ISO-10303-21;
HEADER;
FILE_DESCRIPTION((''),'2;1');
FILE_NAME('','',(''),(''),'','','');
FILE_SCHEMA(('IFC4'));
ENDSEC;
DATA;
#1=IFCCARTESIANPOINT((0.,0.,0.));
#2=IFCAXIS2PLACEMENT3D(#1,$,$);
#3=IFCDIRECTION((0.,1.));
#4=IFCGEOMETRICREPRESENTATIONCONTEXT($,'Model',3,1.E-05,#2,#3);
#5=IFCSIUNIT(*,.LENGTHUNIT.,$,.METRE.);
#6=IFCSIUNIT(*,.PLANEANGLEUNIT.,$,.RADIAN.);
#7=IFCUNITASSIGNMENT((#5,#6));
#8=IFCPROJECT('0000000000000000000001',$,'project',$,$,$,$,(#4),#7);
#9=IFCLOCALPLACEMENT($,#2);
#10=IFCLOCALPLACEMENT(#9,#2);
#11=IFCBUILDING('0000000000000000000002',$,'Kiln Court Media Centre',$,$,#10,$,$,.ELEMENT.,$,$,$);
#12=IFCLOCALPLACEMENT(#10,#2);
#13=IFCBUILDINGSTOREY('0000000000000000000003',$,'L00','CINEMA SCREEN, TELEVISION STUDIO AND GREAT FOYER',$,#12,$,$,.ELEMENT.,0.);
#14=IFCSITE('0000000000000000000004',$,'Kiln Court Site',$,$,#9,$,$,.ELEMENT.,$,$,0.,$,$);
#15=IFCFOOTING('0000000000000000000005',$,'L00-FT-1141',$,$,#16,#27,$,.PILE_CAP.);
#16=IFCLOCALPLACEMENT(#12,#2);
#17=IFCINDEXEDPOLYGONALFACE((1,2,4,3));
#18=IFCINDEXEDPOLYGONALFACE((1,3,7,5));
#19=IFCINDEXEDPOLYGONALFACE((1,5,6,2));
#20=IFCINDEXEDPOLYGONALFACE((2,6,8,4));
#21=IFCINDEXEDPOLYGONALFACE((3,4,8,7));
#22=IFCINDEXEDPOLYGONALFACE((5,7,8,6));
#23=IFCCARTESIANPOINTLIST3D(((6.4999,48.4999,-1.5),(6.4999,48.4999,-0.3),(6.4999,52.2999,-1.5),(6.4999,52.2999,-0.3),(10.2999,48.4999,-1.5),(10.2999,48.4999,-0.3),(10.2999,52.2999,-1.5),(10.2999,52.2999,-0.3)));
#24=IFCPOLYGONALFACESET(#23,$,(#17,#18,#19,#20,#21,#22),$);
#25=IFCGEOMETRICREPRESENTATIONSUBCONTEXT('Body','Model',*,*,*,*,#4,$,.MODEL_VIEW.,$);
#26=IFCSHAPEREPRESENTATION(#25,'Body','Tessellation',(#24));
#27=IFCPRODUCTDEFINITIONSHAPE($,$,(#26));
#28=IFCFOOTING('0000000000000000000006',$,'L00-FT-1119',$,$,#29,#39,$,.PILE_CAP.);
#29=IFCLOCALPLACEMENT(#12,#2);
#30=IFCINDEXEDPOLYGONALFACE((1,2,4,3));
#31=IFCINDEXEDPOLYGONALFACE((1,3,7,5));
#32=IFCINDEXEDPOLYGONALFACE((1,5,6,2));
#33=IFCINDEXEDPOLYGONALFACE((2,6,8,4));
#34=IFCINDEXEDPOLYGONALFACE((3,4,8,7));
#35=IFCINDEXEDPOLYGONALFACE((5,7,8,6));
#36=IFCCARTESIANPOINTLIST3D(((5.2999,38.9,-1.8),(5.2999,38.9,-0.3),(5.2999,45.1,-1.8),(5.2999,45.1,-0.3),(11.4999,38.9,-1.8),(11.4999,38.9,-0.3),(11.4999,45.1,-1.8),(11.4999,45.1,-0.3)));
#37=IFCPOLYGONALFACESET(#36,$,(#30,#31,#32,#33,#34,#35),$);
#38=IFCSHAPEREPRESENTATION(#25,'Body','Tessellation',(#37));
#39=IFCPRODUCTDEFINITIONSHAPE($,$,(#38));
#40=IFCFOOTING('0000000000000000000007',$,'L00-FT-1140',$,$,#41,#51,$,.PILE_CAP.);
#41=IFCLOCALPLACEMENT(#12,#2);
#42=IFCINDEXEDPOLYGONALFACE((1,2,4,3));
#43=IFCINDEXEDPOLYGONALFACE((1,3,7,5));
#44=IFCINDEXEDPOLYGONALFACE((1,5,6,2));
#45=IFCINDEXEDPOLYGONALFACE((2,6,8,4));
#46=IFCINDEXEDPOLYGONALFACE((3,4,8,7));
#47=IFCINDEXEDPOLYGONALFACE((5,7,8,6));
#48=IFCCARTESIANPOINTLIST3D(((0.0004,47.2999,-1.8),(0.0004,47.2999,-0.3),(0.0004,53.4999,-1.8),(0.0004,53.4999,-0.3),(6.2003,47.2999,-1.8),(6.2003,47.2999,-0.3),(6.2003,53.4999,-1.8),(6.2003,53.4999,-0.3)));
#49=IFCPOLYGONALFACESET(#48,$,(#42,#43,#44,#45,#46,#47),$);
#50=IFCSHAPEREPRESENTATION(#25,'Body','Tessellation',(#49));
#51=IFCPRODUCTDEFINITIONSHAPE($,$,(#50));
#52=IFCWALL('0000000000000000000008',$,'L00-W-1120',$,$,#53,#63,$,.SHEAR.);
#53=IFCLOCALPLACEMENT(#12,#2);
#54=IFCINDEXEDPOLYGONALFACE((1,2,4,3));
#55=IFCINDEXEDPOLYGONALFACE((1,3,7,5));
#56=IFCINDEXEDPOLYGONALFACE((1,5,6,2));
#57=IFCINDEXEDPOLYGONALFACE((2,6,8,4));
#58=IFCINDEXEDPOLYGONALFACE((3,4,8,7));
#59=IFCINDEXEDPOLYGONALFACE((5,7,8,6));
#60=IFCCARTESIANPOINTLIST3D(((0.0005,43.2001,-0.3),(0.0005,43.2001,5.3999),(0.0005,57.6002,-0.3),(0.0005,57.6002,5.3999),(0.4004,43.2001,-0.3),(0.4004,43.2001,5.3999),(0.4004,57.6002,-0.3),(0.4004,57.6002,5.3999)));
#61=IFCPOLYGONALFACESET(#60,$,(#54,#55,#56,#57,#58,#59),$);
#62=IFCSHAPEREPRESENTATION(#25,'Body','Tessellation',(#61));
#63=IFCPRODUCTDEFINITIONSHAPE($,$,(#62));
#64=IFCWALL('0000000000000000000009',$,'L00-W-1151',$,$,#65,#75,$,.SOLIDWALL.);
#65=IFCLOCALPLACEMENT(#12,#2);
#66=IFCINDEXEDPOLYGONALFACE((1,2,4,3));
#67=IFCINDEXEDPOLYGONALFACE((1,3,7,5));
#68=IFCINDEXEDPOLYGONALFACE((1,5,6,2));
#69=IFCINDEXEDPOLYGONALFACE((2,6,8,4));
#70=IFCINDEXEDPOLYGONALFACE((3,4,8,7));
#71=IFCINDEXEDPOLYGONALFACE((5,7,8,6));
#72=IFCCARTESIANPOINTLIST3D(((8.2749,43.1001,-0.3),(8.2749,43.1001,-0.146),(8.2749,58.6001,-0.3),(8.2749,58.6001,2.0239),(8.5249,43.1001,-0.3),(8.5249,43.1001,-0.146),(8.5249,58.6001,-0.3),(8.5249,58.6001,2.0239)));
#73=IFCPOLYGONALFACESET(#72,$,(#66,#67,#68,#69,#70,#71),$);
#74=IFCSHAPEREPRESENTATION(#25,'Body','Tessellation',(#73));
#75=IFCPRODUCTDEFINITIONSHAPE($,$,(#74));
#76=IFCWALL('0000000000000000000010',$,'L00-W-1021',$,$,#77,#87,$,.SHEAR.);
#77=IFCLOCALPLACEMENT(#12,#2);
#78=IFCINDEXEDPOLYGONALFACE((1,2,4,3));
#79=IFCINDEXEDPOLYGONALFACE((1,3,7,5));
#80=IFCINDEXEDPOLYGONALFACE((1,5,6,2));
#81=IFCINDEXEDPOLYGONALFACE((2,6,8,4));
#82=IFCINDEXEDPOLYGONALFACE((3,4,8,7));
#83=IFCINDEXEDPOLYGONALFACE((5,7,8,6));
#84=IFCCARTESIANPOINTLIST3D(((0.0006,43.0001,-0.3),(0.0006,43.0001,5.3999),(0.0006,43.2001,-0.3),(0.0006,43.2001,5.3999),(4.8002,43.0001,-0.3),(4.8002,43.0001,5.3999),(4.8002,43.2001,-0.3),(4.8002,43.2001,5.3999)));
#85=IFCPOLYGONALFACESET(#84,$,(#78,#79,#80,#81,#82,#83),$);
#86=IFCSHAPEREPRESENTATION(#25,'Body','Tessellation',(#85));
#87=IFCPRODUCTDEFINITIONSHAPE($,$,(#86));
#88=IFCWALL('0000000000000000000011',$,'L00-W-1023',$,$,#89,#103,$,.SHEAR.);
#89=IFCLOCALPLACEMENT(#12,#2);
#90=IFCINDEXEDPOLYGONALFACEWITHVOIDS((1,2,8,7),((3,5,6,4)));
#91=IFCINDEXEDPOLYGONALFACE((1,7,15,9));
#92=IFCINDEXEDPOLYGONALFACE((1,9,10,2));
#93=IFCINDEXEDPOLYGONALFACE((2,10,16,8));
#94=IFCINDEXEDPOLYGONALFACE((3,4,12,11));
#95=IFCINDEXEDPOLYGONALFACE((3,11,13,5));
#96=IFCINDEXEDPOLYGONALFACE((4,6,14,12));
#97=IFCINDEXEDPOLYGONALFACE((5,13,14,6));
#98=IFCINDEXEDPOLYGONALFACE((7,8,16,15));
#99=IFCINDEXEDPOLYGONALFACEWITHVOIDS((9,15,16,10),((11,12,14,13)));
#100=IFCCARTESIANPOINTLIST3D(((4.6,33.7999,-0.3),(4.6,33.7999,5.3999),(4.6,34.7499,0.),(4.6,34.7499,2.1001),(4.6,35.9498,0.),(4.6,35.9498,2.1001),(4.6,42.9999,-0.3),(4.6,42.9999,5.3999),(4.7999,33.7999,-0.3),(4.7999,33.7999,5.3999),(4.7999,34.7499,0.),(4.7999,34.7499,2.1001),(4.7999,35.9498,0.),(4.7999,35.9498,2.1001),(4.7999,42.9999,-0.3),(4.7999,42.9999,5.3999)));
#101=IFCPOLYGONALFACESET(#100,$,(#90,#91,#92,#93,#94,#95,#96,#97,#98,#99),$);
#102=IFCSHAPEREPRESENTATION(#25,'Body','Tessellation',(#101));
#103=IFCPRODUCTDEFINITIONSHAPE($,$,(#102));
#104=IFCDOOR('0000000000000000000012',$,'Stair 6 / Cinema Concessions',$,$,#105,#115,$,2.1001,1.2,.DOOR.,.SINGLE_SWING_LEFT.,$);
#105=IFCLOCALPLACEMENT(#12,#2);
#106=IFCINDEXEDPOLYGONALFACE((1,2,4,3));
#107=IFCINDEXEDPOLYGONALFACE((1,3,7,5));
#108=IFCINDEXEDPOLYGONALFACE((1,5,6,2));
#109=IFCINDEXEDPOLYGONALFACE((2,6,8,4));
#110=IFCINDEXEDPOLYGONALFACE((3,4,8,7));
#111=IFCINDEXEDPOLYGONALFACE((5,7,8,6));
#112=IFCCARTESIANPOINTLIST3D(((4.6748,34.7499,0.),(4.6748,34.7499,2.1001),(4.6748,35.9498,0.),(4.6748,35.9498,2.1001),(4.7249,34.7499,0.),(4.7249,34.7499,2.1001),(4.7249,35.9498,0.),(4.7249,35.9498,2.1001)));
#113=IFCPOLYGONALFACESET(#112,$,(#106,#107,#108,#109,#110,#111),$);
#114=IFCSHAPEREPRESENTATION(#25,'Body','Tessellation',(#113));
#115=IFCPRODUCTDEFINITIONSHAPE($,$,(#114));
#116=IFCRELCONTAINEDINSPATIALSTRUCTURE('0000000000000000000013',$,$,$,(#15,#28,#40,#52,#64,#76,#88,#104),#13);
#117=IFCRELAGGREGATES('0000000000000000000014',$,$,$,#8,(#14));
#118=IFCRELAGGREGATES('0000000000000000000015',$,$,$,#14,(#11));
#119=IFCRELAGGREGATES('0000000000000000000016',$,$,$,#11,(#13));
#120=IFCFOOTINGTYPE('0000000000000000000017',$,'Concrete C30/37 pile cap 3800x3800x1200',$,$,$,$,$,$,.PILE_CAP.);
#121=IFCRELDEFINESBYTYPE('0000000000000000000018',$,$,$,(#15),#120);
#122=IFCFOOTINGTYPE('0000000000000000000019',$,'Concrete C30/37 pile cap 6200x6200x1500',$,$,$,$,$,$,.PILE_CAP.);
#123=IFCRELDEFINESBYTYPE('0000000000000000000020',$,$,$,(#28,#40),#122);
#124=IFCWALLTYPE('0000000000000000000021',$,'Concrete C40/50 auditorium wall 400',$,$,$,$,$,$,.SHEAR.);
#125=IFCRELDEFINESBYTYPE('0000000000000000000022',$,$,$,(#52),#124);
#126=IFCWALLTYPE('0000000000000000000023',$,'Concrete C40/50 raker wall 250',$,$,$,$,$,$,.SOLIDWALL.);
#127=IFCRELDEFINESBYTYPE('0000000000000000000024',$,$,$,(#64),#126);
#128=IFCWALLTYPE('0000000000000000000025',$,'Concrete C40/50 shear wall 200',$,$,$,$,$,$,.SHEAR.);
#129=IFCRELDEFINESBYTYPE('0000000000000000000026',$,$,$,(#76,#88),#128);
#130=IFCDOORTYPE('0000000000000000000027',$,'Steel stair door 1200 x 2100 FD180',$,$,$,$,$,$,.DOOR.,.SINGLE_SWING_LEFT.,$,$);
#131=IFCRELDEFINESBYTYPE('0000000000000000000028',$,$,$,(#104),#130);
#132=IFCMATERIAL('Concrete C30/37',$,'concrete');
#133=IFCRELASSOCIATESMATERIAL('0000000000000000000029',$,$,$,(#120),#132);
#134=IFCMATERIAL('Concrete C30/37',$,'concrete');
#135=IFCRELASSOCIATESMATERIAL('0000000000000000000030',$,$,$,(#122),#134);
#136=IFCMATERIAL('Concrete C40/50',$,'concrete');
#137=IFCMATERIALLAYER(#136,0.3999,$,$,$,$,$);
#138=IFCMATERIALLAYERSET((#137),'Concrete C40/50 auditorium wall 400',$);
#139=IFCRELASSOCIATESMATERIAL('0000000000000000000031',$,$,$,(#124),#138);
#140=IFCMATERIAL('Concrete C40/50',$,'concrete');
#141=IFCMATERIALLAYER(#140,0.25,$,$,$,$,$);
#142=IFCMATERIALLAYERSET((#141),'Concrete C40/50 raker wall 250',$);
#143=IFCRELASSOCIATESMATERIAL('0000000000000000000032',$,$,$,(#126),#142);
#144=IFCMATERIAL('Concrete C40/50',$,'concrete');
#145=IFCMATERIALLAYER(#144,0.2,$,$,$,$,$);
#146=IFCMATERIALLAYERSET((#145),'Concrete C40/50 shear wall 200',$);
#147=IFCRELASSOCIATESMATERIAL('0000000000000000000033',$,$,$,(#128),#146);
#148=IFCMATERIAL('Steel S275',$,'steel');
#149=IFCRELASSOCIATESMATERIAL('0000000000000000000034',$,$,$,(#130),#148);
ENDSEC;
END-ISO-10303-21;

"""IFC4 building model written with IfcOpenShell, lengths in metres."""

from ifc_helpers import new_model, si_unit, direction, frame, frame_2d, origin, origin_2d, place, context, subcontext, project, spatial, polyline, rectangle, outline, extrude, material, layer, layer_set, type_object, element, fill, save


model = new_model("IFC4")

# Units and contexts
model_context = context("Model", 3, precision=1e-05, world=origin(), true_north=direction((0.0, 1.0)))
body_context = subcontext(model_context, "Body", "Model", "MODEL_VIEW")
ifc_project = project(units=[si_unit("LENGTHUNIT", "METRE"), si_unit("PLANEANGLEUNIT", "RADIAN")], contexts=[model_context])

# Site, building, storey
site_placement = place(None, origin())
site = spatial("IfcSite", under=ifc_project, at=site_placement, Name="Kiln Court Site", CompositionType="ELEMENT", RefElevation=0.0)
building_placement = place(site_placement, origin())
building = spatial("IfcBuilding", under=site, at=building_placement, Name="Kiln Court Media Centre", CompositionType="ELEMENT")
storey_placement = place(building_placement, origin())
storey = spatial("IfcBuildingStorey", under=building, at=storey_placement, Name="L00", Description="CINEMA SCREEN, TELEVISION STUDIO AND GREAT FOYER", CompositionType="ELEMENT", Elevation=0.0)

# Footings
ifc_material_1 = material(Name="Concrete C30/37", Category="concrete")
footing_type_1 = type_object("IfcFootingType", Name="Concrete C30/37 pile cap 3800x3800x1200", PredefinedType="PILE_CAP", material=ifc_material_1)
footing_placement = place(storey_placement, frame((8.3999, 50.3999, -1.5), z_axis=(0.0, 0.0, 1.0), x_axis=(1.0, 0.0, 0.0)))
element("IfcFooting", 1, at=footing_placement, inside=storey, type_object=footing_type_1, Name="L00-FT-1141", PredefinedType="PILE_CAP", context=body_context, shape_type="SweptSolid", body=[
    extrude(rectangle(XDim=3.8, YDim=3.8, at=origin_2d()), origin(), (0.0, 0.0, 1.0), 1.2),
])
ifc_material_2 = material(Name="Concrete C30/37", Category="concrete")
footing_type_2 = type_object("IfcFootingType", Name="Concrete C30/37 pile cap 6200x6200x1500", PredefinedType="PILE_CAP", material=ifc_material_2)
for number, where, z_axis, x_axis, name in (
    (2, (8.3999, 42.0, -1.8), (0.0, 0.0, 1.0), (1.0, 0.0, 0.0), "L00-FT-1119"),
    (3, (3.1003, 50.3999, -1.8), (0.0, 0.0, 1.0), (1.0, 0.0, 0.0), "L00-FT-1140"),
):
    element("IfcFooting", number, at=place(storey_placement, frame(where, z_axis=z_axis, x_axis=x_axis)), inside=storey, type_object=footing_type_2, Name=name, PredefinedType="PILE_CAP", context=body_context, shape_type="SweptSolid", body=[
        extrude(rectangle(XDim=6.2, YDim=6.2, at=origin_2d()), origin(), (0.0, 0.0, 1.0), 1.5),
    ])

# Walls
ifc_material_3 = material(Name="Concrete C40/50", Category="concrete")
ifc_layer_1 = layer(ifc_material_3, 0.3999)
ifc_layer_set_1 = layer_set([ifc_layer_1], Name="Concrete C40/50 auditorium wall 400")
wall_type_1 = type_object("IfcWallType", Name="Concrete C40/50 auditorium wall 400", PredefinedType="SHEAR", material=ifc_layer_set_1)
wall_1_placement = place(storey_placement, frame((0.2004, 43.2, -0.3), z_axis=(0.0, 0.0, 1.0), x_axis=(0.0, 1.0, 0.0)))
element("IfcWall", 4, at=wall_1_placement, inside=storey, type_object=wall_type_1, Name="L00-W-1120", PredefinedType="SHEAR", context=body_context, shape_type="SweptSolid", body=[
    extrude(rectangle(XDim=14.4001, YDim=0.3999, at=frame_2d((7.2002, 0.0))), origin(), (0.0, 0.0, 1.0), 5.7),
])
ifc_material_4 = material(Name="Concrete C40/50", Category="concrete")
ifc_layer_2 = layer(ifc_material_4, 0.25)
ifc_layer_set_2 = layer_set([ifc_layer_2], Name="Concrete C40/50 raker wall 250")
wall_type_2 = type_object("IfcWallType", Name="Concrete C40/50 raker wall 250", PredefinedType="SOLIDWALL", material=ifc_layer_set_2)
wall_2_placement = place(storey_placement, frame((8.3999, 43.1001, -0.3), z_axis=(0.0, 0.0, 1.0), x_axis=(0.0, 1.0, 0.0)))
element("IfcWall", 5, at=wall_2_placement, inside=storey, type_object=wall_type_2, Name="L00-W-1151", PredefinedType="SOLIDWALL", context=body_context, shape_type="SweptSolid", body=[
    extrude(outline(polyline([(0.0, 0.0), (15.5, 0.0), (15.5, 2.324), (0.0, 0.1541), (0.0, 0.0)])), frame((0.0, 0.125, 0.0), z_axis=(0.0, -1.0, 0.0), x_axis=(1.0, 0.0, 0.0)), (0.0, 0.0, 1.0), 0.25),
])
ifc_material_5 = material(Name="Concrete C40/50", Category="concrete")
ifc_layer_3 = layer(ifc_material_5, 0.2)
ifc_layer_set_3 = layer_set([ifc_layer_3], Name="Concrete C40/50 shear wall 200")
wall_type_3 = type_object("IfcWallType", Name="Concrete C40/50 shear wall 200", PredefinedType="SHEAR", material=ifc_layer_set_3)
wall_3_placement = place(storey_placement, frame((0.0005, 43.1001, -0.3), z_axis=(0.0, 0.0, 1.0), x_axis=(1.0, 0.0, 0.0)))
element("IfcWall", 6, at=wall_3_placement, inside=storey, type_object=wall_type_3, Name="L00-W-1021", PredefinedType="SHEAR", context=body_context, shape_type="SweptSolid", body=[
    extrude(rectangle(XDim=4.7996, YDim=0.2, at=frame_2d((2.3999, 0.0))), origin(), (0.0, 0.0, 1.0), 5.7),
])

# Wall, opening, door
wall_4_placement = place(storey_placement, frame((4.7, 43.0, -0.3), z_axis=(0.0, 0.0, 1.0), x_axis=(0.0, -1.0, 0.0)))
wall_4 = element("IfcWall", 7, at=wall_4_placement, inside=storey, type_object=wall_type_3, Name="L00-W-1023", PredefinedType="SHEAR", context=body_context, shape_type="SweptSolid", body=[
    extrude(rectangle(XDim=9.2, YDim=0.2, at=frame_2d((4.6001, 0.0))), origin(), (0.0, 0.0, 1.0), 5.7),
])
opening_placement = place(wall_4_placement, frame((7.05, 0.0, 0.3)))
opening = element("IfcOpeningElement", 8, at=opening_placement, cuts=wall_4, PredefinedType="OPENING", context=body_context, shape_type="SweptSolid", body=[
    extrude(rectangle(XDim=1.2, YDim=2.1001, at=frame_2d((0.6001, 1.05))), frame((0.0, 0.1099, 0.0), z_axis=(0.0, -1.0, 0.0), x_axis=(1.0, 0.0, 0.0)), (0.0, 0.0, 1.0), 0.22),
])
ifc_material_6 = material(Name="Steel S275", Category="steel")
door_type = type_object("IfcDoorType", Name="Steel stair door 1200 x 2100 FD180", OperationType="SINGLE_SWING_LEFT", PredefinedType="DOOR", material=ifc_material_6)
door_placement = place(opening_placement, origin())
door = element("IfcDoor", 9, at=door_placement, inside=storey, type_object=door_type, Name="Stair 6 / Cinema Concessions", OperationType="SINGLE_SWING_LEFT", OverallHeight=2.1001, OverallWidth=1.2, PredefinedType="DOOR", context=body_context, shape_type="SweptSolid", body=[
    extrude(rectangle(XDim=1.2, YDim=2.1001, at=frame_2d((0.6001, 1.05))), frame((0.0, 0.0249, 0.0), z_axis=(0.0, -1.0, 0.0), x_axis=(1.0, 0.0, 0.0)), (0.0, 0.0, 1.0), 0.05),
])
fill(opening, door)

save(model, "model.ifc")
